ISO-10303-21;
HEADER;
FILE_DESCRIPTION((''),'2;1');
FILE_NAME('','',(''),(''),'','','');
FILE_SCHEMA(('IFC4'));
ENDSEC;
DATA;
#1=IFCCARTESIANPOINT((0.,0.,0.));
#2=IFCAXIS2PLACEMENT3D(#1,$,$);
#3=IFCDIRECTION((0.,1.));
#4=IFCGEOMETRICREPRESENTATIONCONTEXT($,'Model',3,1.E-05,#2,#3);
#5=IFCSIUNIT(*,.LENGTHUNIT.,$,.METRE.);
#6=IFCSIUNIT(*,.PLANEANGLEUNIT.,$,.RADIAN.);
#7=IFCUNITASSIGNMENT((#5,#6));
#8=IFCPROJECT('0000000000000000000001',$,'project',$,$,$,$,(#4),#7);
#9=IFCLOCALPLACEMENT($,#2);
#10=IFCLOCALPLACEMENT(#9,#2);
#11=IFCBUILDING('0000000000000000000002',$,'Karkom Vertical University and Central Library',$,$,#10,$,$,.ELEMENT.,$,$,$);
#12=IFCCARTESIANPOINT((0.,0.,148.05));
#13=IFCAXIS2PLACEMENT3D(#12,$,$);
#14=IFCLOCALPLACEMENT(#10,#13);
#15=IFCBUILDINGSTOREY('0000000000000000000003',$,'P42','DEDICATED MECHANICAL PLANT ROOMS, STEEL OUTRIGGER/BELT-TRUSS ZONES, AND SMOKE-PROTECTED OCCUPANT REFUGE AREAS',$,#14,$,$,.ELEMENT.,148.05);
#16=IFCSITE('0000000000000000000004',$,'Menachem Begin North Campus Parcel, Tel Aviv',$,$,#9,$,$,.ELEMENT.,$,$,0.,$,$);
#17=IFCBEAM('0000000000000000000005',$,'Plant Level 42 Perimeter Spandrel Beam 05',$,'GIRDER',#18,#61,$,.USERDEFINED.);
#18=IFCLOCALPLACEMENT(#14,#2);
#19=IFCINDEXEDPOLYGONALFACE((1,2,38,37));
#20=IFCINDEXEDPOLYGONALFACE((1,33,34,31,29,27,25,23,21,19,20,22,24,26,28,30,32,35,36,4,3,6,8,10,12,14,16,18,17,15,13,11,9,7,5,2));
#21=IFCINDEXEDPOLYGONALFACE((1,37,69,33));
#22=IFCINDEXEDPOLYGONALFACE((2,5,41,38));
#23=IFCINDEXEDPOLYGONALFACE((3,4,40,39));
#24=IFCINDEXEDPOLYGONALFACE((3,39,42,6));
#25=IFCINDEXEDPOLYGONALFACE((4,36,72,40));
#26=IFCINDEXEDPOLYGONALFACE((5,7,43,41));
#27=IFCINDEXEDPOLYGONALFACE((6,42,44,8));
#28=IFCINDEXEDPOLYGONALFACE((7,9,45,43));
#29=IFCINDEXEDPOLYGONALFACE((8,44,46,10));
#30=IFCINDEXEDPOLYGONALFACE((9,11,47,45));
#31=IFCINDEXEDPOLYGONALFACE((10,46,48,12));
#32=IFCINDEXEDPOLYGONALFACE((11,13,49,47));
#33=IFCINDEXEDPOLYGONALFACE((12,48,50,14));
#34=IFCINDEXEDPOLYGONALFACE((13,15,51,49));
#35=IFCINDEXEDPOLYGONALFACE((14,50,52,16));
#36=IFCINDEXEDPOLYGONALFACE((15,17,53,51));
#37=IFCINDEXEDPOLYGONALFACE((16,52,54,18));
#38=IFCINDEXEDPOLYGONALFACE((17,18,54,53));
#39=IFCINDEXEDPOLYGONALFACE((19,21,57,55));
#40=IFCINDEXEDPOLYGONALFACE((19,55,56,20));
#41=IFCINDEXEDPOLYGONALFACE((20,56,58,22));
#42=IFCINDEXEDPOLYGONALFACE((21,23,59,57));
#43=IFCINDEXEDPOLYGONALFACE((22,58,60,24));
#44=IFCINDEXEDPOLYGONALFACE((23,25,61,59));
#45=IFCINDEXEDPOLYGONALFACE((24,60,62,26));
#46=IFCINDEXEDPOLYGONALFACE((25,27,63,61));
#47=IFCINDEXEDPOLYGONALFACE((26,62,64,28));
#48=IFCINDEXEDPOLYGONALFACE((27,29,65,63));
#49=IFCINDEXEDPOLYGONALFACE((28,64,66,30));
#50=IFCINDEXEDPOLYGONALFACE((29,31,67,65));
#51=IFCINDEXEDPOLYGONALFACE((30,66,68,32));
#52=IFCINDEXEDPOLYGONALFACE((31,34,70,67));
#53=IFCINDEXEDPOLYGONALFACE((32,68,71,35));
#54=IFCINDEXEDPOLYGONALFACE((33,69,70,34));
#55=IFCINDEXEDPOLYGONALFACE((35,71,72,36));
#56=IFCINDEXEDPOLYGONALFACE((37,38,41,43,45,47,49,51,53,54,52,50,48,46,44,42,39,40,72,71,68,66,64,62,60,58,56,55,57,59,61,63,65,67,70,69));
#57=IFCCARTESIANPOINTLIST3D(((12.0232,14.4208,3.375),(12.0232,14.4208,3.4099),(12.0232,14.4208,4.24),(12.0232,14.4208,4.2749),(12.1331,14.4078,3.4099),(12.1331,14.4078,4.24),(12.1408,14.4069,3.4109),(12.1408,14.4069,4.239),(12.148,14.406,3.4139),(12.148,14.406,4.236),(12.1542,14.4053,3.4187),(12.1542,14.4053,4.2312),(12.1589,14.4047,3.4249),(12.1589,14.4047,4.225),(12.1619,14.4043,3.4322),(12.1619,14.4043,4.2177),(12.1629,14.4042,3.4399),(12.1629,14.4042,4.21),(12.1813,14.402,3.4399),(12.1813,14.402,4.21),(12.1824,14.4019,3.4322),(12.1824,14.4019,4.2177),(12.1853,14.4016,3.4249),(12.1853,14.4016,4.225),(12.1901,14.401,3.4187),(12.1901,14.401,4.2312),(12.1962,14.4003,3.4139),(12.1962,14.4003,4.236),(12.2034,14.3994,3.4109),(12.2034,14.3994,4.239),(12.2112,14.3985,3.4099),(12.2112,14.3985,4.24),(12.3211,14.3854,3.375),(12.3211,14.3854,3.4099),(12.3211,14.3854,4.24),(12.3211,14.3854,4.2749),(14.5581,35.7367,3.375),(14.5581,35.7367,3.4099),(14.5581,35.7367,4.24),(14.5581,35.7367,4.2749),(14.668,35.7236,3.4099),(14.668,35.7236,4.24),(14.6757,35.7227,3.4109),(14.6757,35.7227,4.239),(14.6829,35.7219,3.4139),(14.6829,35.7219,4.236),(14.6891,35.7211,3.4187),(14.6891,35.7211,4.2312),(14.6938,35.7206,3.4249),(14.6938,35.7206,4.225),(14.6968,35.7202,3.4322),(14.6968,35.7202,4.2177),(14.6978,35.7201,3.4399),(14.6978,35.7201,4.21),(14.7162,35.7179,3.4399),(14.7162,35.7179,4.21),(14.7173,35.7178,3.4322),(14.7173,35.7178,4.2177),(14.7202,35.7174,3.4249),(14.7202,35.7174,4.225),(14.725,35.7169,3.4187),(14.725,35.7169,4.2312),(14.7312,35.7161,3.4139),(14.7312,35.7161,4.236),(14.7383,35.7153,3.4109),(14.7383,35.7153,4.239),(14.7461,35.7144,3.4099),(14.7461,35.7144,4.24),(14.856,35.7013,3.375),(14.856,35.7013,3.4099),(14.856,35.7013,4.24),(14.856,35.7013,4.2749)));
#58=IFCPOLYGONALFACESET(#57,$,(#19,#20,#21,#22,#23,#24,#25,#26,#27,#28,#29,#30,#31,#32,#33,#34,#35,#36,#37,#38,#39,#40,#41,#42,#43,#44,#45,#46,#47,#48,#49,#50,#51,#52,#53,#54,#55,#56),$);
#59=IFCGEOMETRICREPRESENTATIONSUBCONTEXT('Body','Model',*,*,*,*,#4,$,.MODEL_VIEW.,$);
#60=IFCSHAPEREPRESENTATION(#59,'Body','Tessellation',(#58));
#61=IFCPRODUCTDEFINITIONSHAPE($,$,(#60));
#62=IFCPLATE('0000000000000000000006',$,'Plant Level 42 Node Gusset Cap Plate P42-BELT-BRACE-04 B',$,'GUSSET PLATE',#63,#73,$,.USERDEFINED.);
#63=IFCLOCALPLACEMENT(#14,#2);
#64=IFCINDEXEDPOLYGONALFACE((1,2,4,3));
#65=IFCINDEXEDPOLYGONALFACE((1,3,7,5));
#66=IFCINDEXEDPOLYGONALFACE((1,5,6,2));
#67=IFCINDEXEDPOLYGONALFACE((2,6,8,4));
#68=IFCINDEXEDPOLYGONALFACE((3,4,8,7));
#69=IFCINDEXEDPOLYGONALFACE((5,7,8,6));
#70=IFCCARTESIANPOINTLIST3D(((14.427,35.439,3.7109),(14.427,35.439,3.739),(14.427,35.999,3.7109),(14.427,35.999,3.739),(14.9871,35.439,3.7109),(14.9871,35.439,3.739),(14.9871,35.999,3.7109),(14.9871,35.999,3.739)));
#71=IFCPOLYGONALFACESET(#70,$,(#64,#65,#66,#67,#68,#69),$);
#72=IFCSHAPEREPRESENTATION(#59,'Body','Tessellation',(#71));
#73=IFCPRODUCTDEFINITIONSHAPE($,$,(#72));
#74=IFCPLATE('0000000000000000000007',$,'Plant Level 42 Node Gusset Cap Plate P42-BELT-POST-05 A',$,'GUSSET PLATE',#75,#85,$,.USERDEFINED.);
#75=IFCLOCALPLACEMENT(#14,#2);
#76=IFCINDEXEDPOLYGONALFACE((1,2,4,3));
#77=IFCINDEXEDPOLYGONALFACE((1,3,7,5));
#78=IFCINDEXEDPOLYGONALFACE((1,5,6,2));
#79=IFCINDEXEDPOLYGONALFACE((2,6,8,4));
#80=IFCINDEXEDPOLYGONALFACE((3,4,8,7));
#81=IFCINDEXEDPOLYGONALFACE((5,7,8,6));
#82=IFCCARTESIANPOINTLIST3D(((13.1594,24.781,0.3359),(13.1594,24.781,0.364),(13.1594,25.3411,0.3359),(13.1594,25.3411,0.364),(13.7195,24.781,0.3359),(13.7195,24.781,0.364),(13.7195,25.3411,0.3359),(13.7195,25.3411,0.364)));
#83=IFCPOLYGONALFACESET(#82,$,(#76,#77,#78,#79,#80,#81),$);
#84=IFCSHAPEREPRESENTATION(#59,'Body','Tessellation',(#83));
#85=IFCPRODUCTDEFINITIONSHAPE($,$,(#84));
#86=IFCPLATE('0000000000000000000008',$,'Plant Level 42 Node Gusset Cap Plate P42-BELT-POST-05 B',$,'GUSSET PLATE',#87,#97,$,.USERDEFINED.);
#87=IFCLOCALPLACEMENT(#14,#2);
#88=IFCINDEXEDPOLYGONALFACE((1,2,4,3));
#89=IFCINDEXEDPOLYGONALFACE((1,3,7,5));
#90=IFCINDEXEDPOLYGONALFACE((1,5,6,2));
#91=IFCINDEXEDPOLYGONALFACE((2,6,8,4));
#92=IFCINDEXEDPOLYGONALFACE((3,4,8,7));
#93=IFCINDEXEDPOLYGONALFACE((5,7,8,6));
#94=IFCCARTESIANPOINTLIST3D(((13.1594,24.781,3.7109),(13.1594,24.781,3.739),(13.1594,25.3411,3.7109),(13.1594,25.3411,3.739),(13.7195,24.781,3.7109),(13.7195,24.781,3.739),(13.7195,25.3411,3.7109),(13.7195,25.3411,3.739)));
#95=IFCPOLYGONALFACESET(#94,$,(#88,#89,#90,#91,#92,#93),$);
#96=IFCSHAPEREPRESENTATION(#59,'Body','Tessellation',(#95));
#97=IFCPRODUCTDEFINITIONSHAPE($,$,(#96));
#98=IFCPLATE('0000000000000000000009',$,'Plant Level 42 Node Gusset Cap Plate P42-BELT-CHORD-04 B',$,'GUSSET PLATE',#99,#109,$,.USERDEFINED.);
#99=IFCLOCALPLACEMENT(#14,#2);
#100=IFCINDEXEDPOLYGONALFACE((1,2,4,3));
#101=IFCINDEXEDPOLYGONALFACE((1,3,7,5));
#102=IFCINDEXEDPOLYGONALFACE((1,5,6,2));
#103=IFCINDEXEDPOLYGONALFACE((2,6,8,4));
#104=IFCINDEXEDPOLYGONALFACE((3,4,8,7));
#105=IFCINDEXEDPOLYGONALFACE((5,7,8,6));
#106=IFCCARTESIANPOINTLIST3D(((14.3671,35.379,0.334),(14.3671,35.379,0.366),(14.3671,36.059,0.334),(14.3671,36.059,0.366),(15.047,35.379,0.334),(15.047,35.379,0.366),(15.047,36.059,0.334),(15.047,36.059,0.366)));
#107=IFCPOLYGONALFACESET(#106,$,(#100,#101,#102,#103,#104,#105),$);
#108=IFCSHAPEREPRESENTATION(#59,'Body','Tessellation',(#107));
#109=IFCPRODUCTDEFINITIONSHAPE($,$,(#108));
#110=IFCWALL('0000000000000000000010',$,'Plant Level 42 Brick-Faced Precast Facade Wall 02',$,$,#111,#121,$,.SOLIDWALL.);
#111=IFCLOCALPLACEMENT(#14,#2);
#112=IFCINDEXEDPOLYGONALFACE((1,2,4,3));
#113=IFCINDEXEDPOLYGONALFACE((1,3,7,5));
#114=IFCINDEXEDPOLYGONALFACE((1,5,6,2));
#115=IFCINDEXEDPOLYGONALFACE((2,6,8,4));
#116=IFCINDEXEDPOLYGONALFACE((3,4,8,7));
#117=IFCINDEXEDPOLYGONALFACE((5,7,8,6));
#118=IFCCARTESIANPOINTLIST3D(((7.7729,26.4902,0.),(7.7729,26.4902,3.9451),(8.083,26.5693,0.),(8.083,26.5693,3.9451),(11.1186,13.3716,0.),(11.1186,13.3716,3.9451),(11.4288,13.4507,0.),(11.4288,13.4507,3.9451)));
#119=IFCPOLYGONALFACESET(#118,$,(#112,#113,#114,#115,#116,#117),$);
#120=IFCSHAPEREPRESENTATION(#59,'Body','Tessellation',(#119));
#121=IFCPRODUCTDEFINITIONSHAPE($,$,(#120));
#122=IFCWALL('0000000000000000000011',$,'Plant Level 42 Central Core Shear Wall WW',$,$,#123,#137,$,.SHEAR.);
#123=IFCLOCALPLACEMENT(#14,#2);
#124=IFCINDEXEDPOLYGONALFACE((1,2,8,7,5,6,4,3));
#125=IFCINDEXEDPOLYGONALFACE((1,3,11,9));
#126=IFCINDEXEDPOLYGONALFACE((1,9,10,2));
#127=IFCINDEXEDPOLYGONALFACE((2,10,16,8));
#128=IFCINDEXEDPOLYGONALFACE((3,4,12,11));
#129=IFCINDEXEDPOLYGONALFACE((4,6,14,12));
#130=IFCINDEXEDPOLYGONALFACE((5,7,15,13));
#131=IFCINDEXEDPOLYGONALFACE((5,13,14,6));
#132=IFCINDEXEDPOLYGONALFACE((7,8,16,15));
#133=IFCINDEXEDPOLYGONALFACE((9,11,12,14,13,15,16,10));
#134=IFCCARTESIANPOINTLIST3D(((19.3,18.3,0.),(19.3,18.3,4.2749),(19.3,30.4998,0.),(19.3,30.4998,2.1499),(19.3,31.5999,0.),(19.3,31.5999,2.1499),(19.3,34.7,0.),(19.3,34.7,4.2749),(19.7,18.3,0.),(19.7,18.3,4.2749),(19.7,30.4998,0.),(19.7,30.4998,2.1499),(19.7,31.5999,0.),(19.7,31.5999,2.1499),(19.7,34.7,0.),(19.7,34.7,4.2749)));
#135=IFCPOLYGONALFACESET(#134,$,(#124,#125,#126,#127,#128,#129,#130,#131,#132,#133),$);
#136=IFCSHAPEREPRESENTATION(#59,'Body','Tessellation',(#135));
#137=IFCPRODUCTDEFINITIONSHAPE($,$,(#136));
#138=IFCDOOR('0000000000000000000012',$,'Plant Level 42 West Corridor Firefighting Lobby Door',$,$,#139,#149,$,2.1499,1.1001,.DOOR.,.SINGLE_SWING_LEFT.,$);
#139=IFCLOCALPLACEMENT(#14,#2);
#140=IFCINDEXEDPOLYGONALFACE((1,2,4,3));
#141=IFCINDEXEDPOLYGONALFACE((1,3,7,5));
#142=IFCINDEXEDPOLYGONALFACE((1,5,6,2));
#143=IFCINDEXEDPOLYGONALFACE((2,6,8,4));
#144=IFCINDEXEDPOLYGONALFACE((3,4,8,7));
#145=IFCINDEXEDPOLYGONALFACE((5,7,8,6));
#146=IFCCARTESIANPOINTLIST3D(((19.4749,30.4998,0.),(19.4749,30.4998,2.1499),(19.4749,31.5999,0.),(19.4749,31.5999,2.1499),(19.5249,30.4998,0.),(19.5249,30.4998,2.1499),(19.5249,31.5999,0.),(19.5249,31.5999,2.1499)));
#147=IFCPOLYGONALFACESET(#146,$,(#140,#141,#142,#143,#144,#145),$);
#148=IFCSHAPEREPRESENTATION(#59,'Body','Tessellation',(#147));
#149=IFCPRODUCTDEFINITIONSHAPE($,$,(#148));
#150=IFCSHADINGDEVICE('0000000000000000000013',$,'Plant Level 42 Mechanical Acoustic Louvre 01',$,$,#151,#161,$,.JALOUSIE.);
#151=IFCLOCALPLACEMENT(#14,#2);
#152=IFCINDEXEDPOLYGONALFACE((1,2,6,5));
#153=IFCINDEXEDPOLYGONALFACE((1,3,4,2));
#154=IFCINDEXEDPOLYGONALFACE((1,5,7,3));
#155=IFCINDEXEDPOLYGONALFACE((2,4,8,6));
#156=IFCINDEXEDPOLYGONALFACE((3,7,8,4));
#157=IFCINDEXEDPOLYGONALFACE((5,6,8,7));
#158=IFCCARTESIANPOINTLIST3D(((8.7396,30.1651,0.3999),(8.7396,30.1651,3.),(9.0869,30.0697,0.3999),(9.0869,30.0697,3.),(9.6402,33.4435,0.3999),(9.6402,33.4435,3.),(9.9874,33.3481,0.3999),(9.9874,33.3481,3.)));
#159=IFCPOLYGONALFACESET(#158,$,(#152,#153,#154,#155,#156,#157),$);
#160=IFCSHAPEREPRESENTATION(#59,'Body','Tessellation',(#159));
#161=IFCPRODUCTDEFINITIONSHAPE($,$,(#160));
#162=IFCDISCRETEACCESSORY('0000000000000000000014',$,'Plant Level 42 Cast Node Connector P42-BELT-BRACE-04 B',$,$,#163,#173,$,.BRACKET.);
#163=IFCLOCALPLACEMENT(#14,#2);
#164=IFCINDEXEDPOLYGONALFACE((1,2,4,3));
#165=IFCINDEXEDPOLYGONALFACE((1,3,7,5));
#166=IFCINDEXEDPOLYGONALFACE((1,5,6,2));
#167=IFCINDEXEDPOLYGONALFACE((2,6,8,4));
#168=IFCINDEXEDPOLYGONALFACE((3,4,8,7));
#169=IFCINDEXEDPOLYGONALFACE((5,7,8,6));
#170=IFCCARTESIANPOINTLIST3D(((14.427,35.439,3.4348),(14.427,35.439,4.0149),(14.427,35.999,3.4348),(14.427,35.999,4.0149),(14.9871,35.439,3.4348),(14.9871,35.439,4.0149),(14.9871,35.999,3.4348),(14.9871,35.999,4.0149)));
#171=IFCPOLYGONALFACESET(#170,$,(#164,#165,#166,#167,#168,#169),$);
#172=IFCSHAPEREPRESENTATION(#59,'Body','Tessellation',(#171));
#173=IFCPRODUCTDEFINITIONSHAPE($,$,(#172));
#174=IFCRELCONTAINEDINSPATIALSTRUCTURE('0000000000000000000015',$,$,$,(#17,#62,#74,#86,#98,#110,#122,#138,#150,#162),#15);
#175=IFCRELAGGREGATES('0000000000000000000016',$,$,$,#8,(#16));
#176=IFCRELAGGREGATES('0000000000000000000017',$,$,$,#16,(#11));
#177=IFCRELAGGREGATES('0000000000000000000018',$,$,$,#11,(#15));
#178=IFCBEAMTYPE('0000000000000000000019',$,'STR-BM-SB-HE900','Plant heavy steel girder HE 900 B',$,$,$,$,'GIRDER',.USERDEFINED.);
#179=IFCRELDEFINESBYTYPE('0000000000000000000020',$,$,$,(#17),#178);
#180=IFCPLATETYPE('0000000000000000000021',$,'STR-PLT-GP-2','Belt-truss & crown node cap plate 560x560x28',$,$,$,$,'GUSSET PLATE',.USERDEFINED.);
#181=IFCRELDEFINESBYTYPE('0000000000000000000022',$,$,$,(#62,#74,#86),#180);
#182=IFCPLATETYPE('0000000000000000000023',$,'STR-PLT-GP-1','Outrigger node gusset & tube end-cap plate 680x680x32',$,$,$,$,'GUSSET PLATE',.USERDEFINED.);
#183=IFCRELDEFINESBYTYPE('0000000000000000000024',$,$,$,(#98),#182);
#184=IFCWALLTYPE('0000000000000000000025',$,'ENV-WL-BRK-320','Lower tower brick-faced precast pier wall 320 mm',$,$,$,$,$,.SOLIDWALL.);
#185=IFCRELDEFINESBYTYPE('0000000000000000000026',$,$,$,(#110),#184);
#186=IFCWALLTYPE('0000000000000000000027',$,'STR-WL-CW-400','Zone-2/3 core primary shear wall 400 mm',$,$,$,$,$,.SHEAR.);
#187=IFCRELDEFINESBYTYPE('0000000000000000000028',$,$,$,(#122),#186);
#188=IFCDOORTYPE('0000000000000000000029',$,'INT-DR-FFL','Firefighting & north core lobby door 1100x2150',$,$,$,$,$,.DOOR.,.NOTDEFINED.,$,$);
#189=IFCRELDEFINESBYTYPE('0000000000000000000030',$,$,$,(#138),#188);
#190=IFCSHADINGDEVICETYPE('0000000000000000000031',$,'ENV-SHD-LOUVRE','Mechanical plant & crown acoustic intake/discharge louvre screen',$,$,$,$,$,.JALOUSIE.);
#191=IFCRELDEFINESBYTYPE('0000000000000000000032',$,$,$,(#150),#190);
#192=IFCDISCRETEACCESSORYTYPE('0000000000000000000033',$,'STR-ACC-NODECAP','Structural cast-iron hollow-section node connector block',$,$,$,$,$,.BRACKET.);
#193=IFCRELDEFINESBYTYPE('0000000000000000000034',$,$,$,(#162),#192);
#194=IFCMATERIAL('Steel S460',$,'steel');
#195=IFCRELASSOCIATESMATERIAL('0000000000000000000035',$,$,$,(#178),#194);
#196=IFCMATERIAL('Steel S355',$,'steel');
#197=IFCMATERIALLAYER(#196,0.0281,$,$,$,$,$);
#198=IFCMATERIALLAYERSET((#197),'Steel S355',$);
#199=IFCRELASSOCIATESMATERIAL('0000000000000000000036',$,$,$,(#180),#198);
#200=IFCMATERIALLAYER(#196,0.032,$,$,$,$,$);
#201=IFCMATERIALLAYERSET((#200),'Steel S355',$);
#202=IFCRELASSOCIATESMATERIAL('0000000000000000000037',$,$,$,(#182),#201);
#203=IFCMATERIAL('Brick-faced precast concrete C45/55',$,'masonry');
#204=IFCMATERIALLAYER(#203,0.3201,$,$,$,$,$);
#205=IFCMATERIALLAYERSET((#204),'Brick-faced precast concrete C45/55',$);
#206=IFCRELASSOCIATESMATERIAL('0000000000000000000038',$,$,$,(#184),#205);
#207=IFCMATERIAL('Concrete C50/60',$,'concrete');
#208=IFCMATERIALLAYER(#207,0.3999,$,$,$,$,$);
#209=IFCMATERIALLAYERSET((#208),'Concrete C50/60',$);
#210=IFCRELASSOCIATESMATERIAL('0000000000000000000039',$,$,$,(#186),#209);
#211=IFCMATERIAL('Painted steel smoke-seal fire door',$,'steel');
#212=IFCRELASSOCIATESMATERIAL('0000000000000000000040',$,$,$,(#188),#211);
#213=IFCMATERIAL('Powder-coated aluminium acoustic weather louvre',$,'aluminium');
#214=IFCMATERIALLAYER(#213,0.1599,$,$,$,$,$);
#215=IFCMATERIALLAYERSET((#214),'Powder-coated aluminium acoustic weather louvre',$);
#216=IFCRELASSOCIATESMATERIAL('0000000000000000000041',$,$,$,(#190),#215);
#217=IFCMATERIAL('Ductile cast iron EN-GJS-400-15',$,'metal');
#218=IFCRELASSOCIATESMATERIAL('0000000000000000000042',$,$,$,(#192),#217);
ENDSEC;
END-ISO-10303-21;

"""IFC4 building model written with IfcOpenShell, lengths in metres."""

from ifc_helpers import new_model, si_unit, direction, frame, frame_2d, origin, origin_with_axes, origin_2d, place, context, subcontext, project, spatial, rectangle, i_section, extrude, source, transform, mapped, material, layer, layer_set, material_profile, profile_set, type_object, element, fill, save


model = new_model("IFC4")

# Units and contexts
model_context = context("Model", 3, precision=1e-05, world=origin(), true_north=direction((0.0, 1.0)))
body_context = subcontext(model_context, "Body", "Model", "MODEL_VIEW")
ifc_project = project(units=[si_unit("LENGTHUNIT", "METRE"), si_unit("PLANEANGLEUNIT", "RADIAN")], contexts=[model_context])

# Site, building, storey
site_placement = place(None, origin())
site = spatial("IfcSite", under=ifc_project, at=site_placement, Name="Menachem Begin North Campus Parcel, Tel Aviv", CompositionType="ELEMENT", RefElevation=0.0)
building_placement = place(site_placement, origin())
building = spatial("IfcBuilding", under=site, at=building_placement, Name="Karkom Vertical University and Central Library", CompositionType="ELEMENT")
storey_placement = place(building_placement, frame((0.0, 0.0, 148.05)))
storey = spatial("IfcBuildingStorey", under=building, at=storey_placement, Name="P42", Description="DEDICATED MECHANICAL PLANT ROOMS, STEEL OUTRIGGER/BELT-TRUSS ZONES, AND SMOKE-PROTECTED OCCUPANT REFUGE AREAS", CompositionType="ELEMENT", Elevation=148.05)

# Shared definitions
ifc_material_1 = material(Name="Concrete C50/60", Category="concrete")

# Shared definitions
ifc_material_2 = material(Name="Steel S355", Category="steel")

# Beam
ifc_material_3 = material(Name="Steel S460", Category="steel")
ifc_material_profile_1 = material_profile(ifc_material_3, i_section(OverallWidth=0.3, OverallDepth=0.8999, WebThickness=0.0186, FlangeThickness=0.0349, FilletRadius=0.03, at=origin_2d()), Name="HE 900 B")
ifc_profile_set_1 = profile_set([ifc_material_profile_1], Name="Steel S460")
beam_type_1 = type_object("IfcBeamType", Name="STR-BM-SB-HE900", Description="Plant heavy steel girder HE 900 B", ElementType="GIRDER", PredefinedType="USERDEFINED", material=ifc_profile_set_1)
shared_shape_1 = source(origin_with_axes(), body_context, "Body", "SweptSolid", [
    extrude(i_section(OverallWidth=0.3, OverallDepth=0.8999, WebThickness=0.0186, FlangeThickness=0.0349, FilletRadius=0.03, at=origin_2d()), origin(), (0.0, 0.0, 1.0), 21.4661),
])
beam_1_placement = place(storey_placement, frame((14.707, 35.719, 3.825), z_axis=(-0.118089, -0.993003, 0.0), x_axis=(0.993003, -0.118089, 0.0)))
element("IfcBeam", 1, at=beam_1_placement, inside=storey, type_object=beam_type_1, Name="Plant Level 42 Perimeter Spandrel Beam 05", ObjectType="GIRDER", PredefinedType="USERDEFINED", context=body_context, shape_type="MappedRepresentation", body=[
    mapped(shared_shape_1, transform((0.0, 0.0, 0.0), scale=1.0)),
])

# Plates
ifc_layer_1 = layer(ifc_material_2, 0.0281)
ifc_layer_set_1 = layer_set([ifc_layer_1], Name="Steel S355")
plate_type_1 = type_object("IfcPlateType", Name="STR-PLT-GP-2", Description="Belt-truss & crown node cap plate 560x560x28", ElementType="GUSSET PLATE", PredefinedType="USERDEFINED", material=ifc_layer_set_1)
shared_shape_2 = source(origin_with_axes(), body_context, "Body", "SweptSolid", [
    extrude(rectangle(XDim=0.5601, YDim=0.5601, at=origin_2d()), origin(), (0.0, 0.0, 1.0), 0.0281),
])
for number, where, z_axis, x_axis, name in (
    (2, (14.707, 35.719, 3.7109), (0.0, 0.0, 1.0), (1.0, 0.0, 0.0), "Plant Level 42 Node Gusset Cap Plate P42-BELT-BRACE-04 B"),
    (3, (13.4395, 25.061, 0.3359), (0.0, 0.0, 1.0), (1.0, 0.0, 0.0), "Plant Level 42 Node Gusset Cap Plate P42-BELT-POST-05 A"),
    (4, (13.4395, 25.061, 3.7109), (0.0, 0.0, 1.0), (1.0, 0.0, 0.0), "Plant Level 42 Node Gusset Cap Plate P42-BELT-POST-05 B"),
):
    element("IfcPlate", number, at=place(storey_placement, frame(where, z_axis=z_axis, x_axis=x_axis)), inside=storey, type_object=plate_type_1, Name=name, ObjectType="GUSSET PLATE", PredefinedType="USERDEFINED", context=body_context, shape_type="MappedRepresentation", body=[
        mapped(shared_shape_2, transform((0.0, 0.0, 0.0), scale=1.0)),
    ])
ifc_layer_2 = layer(ifc_material_2, 0.032)
ifc_layer_set_2 = layer_set([ifc_layer_2], Name="Steel S355")
plate_type_2 = type_object("IfcPlateType", Name="STR-PLT-GP-1", Description="Outrigger node gusset & tube end-cap plate 680x680x32", ElementType="GUSSET PLATE", PredefinedType="USERDEFINED", material=ifc_layer_set_2)
shared_shape_3 = source(origin_with_axes(), body_context, "Body", "SweptSolid", [
    extrude(rectangle(XDim=0.6799, YDim=0.6799, at=origin_2d()), origin(), (0.0, 0.0, 1.0), 0.032),
])
plate_placement = place(storey_placement, frame((14.707, 35.719, 0.334), z_axis=(0.0, 0.0, 1.0), x_axis=(1.0, 0.0, 0.0)))
element("IfcPlate", 5, at=plate_placement, inside=storey, type_object=plate_type_2, Name="Plant Level 42 Node Gusset Cap Plate P42-BELT-CHORD-04 B", ObjectType="GUSSET PLATE", PredefinedType="USERDEFINED", context=body_context, shape_type="MappedRepresentation", body=[
    mapped(shared_shape_3, transform((0.0, 0.0, 0.0), scale=1.0)),
])

# Wall
ifc_material_4 = material(Name="Brick-faced precast concrete C45/55", Category="masonry")
ifc_layer_3 = layer(ifc_material_4, 0.3201)
ifc_layer_set_3 = layer_set([ifc_layer_3], Name="Brick-faced precast concrete C45/55")
wall_type_1 = type_object("IfcWallType", Name="ENV-WL-BRK-320", Description="Lower tower brick-faced precast pier wall 320 mm", PredefinedType="SOLIDWALL", material=ifc_layer_set_3)
wall_1_placement = place(storey_placement, frame((7.928, 26.5298, 0.0), z_axis=(0.0, 0.0, 1.0), x_axis=(0.247124, -0.968984, 0.0)))
element("IfcWall", 6, at=wall_1_placement, inside=storey, type_object=wall_type_1, Name="Plant Level 42 Brick-Faced Precast Facade Wall 02", PredefinedType="SOLIDWALL", context=body_context, shape_type="SweptSolid", body=[
    extrude(rectangle(XDim=13.5386, YDim=0.3201, at=frame_2d((6.7693, 0.0))), origin(), (0.0, 0.0, 1.0), 3.9451),
])

# Wall, opening, door
ifc_layer_4 = layer(ifc_material_1, 0.3999)
ifc_layer_set_4 = layer_set([ifc_layer_4], Name="Concrete C50/60")
wall_type_2 = type_object("IfcWallType", Name="STR-WL-CW-400", Description="Zone-2/3 core primary shear wall 400 mm", PredefinedType="SHEAR", material=ifc_layer_set_4)
wall_2_placement = place(storey_placement, frame((19.5, 34.7, 0.0), z_axis=(0.0, 0.0, 1.0), x_axis=(0.0, -1.0, 0.0)))
wall_2 = element("IfcWall", 7, at=wall_2_placement, inside=storey, type_object=wall_type_2, Name="Plant Level 42 Central Core Shear Wall WW", PredefinedType="SHEAR", context=body_context, shape_type="SweptSolid", body=[
    extrude(rectangle(XDim=16.3999, YDim=0.3999, at=frame_2d((8.2, 0.0))), origin(), (0.0, 0.0, 1.0), 4.2749),
])
opening_placement = place(wall_2_placement, frame((3.1001, 0.0, 0.0)))
opening = element("IfcOpeningElement", 8, at=opening_placement, cuts=wall_2, PredefinedType="OPENING", context=body_context, shape_type="SweptSolid", body=[
    extrude(rectangle(XDim=1.1001, YDim=2.1499, at=frame_2d((0.55, 1.075))), frame((0.0, 0.21, 0.0), z_axis=(0.0, -1.0, 0.0), x_axis=(1.0, 0.0, 0.0)), (0.0, 0.0, 1.0), 0.4199),
])
ifc_material_5 = material(Name="Painted steel smoke-seal fire door", Category="steel")
door_type = type_object("IfcDoorType", Name="INT-DR-FFL", Description="Firefighting & north core lobby door 1100x2150", OperationType="NOTDEFINED", PredefinedType="DOOR", material=ifc_material_5)
shared_shape_4 = source(origin_with_axes(), body_context, "Body", "SweptSolid", [
    extrude(rectangle(XDim=1.1001, YDim=2.1499, at=frame_2d((0.55, 1.075))), frame((0.0, 0.0249, 0.0), z_axis=(0.0, -1.0, 0.0), x_axis=(1.0, 0.0, 0.0)), (0.0, 0.0, 1.0), 0.05),
])
door_placement = place(opening_placement, origin())
door = element("IfcDoor", 9, at=door_placement, inside=storey, type_object=door_type, Name="Plant Level 42 West Corridor Firefighting Lobby Door", OperationType="SINGLE_SWING_LEFT", OverallHeight=2.1499, OverallWidth=1.1001, PredefinedType="DOOR", context=body_context, shape_type="MappedRepresentation", body=[
    mapped(shared_shape_4, transform((0.0, 0.0, 0.0), scale=1.0)),
])
fill(opening, door)

# Shading device
ifc_material_6 = material(Name="Powder-coated aluminium acoustic weather louvre", Category="aluminium")
ifc_layer_5 = layer(ifc_material_6, 0.1599)
ifc_layer_set_5 = layer_set([ifc_layer_5], Name="Powder-coated aluminium acoustic weather louvre")
shading_device_type = type_object("IfcShadingDeviceType", Name="ENV-SHD-LOUVRE", Description="Mechanical plant & crown acoustic intake/discharge louvre screen", PredefinedType="JALOUSIE", material=ifc_layer_set_5)
shared_shape_5 = source(origin_with_axes(), body_context, "Body", "SweptSolid", [
    extrude(rectangle(XDim=3.3999, YDim=0.3601, at=origin_2d()), origin(), (0.0, 0.0, 1.0), 2.6001),
])
shading_device_placement = place(storey_placement, frame((9.3635, 31.7566, 0.3999), z_axis=(0.0, 0.0, 1.0), x_axis=(-0.264883, -0.964281, 0.0)))
element("IfcShadingDevice", 10, at=shading_device_placement, inside=storey, type_object=shading_device_type, Name="Plant Level 42 Mechanical Acoustic Louvre 01", PredefinedType="JALOUSIE", context=body_context, shape_type="MappedRepresentation", body=[
    mapped(shared_shape_5, transform((0.0, 0.0, 0.0), scale=1.0)),
])

# Discrete accessory
ifc_material_7 = material(Name="Ductile cast iron EN-GJS-400-15", Category="metal")
discrete_accessory_type = type_object("IfcDiscreteAccessoryType", Name="STR-ACC-NODECAP", Description="Structural cast-iron hollow-section node connector block", PredefinedType="BRACKET", material=ifc_material_7)
shared_shape_6 = source(origin_with_axes(), body_context, "Body", "SweptSolid", [
    extrude(rectangle(XDim=0.5601, YDim=0.5601, at=origin_2d()), origin(), (0.0, 0.0, 1.0), 0.5801),
])
for number, where, z_axis, x_axis, name in (
    (11, (14.707, 35.719, 3.4348), (0.0, 0.0, 1.0), (1.0, 0.0, 0.0), "Plant Level 42 Cast Node Connector P42-BELT-BRACE-04 B"),
):
    element("IfcDiscreteAccessory", number, at=place(storey_placement, frame(where, z_axis=z_axis, x_axis=x_axis)), inside=storey, type_object=discrete_accessory_type, Name=name, PredefinedType="BRACKET", context=body_context, shape_type="MappedRepresentation", body=[
        mapped(shared_shape_6, transform((0.0, 0.0, 0.0), scale=1.0)),
    ])

save(model, "model.ifc")
